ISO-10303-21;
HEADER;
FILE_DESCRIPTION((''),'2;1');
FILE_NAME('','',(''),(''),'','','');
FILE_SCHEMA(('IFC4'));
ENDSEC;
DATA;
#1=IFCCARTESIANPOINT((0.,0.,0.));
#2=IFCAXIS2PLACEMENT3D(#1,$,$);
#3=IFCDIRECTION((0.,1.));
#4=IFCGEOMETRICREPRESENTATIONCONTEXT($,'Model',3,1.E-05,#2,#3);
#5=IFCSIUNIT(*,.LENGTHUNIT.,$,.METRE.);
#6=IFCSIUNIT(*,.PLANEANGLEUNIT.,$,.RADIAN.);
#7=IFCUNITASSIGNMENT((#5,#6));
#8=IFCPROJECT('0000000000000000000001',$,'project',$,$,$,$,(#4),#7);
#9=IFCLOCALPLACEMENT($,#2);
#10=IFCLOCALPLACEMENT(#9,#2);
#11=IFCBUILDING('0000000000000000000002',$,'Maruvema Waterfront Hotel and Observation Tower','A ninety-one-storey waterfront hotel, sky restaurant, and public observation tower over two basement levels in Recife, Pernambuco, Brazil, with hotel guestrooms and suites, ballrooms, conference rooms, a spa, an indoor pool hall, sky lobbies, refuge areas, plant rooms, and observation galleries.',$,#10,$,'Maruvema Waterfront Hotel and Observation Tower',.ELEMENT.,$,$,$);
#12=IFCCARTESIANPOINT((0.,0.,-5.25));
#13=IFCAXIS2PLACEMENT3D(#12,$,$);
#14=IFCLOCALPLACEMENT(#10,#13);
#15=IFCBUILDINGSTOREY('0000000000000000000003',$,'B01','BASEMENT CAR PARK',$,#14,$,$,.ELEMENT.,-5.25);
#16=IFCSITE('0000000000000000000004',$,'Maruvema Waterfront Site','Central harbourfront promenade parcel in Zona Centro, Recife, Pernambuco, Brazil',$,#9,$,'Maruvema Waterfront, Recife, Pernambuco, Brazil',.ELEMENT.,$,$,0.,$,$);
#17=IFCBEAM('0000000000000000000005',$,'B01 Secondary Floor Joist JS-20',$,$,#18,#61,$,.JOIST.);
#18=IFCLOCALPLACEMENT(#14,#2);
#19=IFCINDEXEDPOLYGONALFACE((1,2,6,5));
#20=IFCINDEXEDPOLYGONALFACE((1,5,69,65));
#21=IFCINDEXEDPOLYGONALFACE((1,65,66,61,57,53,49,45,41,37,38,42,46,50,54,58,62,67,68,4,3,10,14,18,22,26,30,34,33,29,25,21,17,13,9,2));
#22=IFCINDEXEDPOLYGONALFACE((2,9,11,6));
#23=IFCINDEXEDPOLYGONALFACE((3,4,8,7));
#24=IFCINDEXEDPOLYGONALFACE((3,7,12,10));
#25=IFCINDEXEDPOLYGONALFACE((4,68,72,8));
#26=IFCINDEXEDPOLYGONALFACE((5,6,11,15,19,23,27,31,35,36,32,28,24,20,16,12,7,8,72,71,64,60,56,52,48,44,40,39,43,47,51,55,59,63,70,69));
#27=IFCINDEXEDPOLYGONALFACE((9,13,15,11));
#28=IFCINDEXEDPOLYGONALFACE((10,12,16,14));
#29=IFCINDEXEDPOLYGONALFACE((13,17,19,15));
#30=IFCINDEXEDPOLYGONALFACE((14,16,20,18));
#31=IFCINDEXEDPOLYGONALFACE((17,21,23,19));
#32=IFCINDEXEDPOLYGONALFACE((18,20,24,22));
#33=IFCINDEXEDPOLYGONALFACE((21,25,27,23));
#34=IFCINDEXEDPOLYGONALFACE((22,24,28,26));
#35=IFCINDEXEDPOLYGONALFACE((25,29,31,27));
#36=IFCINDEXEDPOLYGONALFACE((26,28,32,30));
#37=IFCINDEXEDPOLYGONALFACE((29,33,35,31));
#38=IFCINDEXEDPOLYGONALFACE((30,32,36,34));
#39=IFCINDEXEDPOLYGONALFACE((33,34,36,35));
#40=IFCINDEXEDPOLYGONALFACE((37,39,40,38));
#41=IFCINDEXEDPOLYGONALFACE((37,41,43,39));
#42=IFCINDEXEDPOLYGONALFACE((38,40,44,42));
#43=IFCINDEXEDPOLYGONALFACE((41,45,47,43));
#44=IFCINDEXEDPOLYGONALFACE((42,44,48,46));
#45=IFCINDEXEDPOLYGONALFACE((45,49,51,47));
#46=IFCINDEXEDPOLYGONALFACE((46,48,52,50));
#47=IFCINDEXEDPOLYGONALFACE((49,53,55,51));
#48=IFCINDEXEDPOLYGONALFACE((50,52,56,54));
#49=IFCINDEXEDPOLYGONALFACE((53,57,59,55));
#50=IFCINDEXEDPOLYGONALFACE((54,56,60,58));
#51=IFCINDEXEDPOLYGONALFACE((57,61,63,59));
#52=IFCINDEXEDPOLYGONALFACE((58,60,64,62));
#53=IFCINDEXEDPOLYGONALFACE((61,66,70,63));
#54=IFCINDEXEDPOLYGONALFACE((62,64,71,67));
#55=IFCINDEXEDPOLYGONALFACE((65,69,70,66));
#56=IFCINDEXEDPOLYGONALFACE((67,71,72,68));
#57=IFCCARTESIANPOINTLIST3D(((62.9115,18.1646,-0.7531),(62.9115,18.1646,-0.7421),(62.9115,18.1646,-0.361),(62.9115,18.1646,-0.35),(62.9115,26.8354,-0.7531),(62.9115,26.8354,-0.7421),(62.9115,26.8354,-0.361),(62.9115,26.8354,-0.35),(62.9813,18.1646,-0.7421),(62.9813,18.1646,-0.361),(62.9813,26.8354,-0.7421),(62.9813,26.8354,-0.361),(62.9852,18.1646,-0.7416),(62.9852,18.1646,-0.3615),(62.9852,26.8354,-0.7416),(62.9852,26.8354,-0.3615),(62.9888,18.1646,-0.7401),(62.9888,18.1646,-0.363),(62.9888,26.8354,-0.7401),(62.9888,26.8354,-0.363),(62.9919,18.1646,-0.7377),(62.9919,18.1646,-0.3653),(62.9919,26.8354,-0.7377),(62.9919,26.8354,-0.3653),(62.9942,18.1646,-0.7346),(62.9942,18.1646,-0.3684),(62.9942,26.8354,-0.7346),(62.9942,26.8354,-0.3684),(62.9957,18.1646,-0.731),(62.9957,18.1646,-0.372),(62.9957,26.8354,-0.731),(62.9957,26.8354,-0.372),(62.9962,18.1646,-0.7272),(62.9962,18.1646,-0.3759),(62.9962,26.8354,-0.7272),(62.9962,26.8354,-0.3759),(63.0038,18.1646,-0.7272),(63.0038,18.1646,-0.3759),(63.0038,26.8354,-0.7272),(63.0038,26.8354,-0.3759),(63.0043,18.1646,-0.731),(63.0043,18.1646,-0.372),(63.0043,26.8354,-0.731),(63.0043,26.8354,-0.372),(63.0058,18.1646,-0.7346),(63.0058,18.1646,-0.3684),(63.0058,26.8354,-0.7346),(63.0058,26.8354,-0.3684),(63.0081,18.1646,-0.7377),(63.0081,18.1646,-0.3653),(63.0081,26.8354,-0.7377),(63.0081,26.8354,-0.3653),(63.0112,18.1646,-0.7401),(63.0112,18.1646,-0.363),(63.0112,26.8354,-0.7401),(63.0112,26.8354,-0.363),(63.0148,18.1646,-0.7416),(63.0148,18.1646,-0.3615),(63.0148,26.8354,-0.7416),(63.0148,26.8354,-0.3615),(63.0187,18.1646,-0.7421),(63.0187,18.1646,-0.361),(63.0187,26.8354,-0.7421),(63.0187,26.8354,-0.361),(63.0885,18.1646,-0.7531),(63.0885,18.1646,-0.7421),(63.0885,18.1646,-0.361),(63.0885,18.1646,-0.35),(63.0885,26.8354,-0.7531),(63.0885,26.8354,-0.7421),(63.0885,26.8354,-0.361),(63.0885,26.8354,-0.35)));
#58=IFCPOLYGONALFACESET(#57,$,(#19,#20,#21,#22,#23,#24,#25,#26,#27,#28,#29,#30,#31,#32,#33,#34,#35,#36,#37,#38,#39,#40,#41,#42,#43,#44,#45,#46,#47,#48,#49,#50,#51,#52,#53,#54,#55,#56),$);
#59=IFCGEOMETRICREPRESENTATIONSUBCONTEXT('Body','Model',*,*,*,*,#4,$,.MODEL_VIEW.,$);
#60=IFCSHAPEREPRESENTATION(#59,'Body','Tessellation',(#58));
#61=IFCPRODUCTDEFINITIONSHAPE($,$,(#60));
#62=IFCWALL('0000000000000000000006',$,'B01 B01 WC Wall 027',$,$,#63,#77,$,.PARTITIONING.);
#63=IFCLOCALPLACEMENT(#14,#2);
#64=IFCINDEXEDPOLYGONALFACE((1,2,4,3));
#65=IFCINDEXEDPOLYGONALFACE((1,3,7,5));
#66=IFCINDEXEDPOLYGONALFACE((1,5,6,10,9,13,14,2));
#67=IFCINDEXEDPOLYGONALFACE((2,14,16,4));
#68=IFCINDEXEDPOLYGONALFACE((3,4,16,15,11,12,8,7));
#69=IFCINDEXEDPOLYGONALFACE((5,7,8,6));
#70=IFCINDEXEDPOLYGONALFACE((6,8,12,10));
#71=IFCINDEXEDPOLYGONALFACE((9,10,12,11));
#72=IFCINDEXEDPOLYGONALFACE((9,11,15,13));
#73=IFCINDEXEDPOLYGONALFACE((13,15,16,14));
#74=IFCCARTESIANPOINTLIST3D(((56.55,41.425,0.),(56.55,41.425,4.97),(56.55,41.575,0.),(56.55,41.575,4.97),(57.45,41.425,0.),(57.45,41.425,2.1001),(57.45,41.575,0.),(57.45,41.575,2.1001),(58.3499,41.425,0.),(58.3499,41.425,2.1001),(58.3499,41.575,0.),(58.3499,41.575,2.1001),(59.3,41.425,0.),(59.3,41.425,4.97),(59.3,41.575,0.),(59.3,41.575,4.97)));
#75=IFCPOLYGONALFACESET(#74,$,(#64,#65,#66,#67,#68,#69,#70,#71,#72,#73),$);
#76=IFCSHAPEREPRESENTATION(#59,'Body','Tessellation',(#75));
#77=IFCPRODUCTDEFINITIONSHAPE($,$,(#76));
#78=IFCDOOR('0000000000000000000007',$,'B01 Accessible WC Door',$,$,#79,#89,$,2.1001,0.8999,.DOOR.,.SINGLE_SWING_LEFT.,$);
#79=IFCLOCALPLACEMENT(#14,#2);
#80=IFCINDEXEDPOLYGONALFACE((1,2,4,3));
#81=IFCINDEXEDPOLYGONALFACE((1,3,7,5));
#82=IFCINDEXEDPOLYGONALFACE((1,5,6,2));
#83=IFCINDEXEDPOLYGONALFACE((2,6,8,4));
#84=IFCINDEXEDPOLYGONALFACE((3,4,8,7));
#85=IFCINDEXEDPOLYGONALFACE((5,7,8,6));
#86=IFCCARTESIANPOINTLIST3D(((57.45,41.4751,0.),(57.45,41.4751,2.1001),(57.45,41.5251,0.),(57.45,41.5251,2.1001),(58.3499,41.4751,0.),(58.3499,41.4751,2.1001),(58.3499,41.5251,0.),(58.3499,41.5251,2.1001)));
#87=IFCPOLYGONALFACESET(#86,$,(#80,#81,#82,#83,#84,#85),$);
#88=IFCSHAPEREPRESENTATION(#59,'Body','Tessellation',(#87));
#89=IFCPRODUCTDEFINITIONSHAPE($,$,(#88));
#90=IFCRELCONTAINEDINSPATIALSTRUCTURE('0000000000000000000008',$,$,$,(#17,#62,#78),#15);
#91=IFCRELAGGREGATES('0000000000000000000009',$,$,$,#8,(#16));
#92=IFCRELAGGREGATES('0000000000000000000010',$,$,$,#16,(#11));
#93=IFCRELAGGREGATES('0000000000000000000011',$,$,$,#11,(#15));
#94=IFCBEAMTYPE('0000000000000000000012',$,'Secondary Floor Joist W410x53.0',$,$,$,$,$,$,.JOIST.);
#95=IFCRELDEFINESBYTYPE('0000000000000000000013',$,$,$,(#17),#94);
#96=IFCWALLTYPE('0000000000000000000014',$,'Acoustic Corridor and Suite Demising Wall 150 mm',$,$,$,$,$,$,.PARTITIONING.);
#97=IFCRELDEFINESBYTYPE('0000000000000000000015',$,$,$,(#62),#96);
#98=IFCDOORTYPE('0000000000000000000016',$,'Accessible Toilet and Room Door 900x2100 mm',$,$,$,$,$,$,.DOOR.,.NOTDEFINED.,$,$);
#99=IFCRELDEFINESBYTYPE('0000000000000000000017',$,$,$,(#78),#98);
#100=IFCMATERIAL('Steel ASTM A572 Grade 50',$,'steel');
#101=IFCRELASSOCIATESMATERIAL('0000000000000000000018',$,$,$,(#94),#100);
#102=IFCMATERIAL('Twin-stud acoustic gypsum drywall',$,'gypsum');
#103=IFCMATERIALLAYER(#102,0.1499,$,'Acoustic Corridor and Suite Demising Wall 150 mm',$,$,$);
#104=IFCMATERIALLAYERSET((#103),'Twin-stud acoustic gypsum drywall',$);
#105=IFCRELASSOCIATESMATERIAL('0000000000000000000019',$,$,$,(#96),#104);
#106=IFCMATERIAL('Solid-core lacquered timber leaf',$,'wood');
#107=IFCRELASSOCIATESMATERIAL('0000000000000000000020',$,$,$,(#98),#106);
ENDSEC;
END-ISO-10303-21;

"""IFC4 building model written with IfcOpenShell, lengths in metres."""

from ifc_helpers import new_model, si_unit, direction, frame, frame_2d, origin, origin_2d, place, context, subcontext, project, spatial, rectangle, i_section, extrude, material, layer, layer_set, material_profile, profile_set, type_object, element, fill, save


model = new_model("IFC4")

# Units and contexts
model_context = context("Model", 3, precision=1e-05, world=origin(), true_north=direction((0.0, 1.0)))
body_context = subcontext(model_context, "Body", "Model", "MODEL_VIEW")
ifc_project = project(units=[si_unit("LENGTHUNIT", "METRE"), si_unit("PLANEANGLEUNIT", "RADIAN")], contexts=[model_context])

# Site, building, storey
site_placement = place(None, origin())
site = spatial("IfcSite", under=ifc_project, at=site_placement, Name="Maruvema Waterfront Site", Description="Central harbourfront promenade parcel in Zona Centro, Recife, Pernambuco, Brazil", LongName="Maruvema Waterfront, Recife, Pernambuco, Brazil", CompositionType="ELEMENT", RefElevation=0.0)
building_placement = place(site_placement, origin())
building = spatial("IfcBuilding", under=site, at=building_placement, Name="Maruvema Waterfront Hotel and Observation Tower", Description="A ninety-one-storey waterfront hotel, sky restaurant, and public observation tower over two basement levels in Recife, Pernambuco, Brazil, with hotel guestrooms and suites, ballrooms, conference rooms, a spa, an indoor pool hall, sky lobbies, refuge areas, plant rooms, and observation galleries.", LongName="Maruvema Waterfront Hotel and Observation Tower", CompositionType="ELEMENT")
storey_placement = place(building_placement, frame((0.0, 0.0, -5.25)))
storey = spatial("IfcBuildingStorey", under=building, at=storey_placement, Name="B01", Description="BASEMENT CAR PARK", CompositionType="ELEMENT", Elevation=-5.25)

# Beam
ifc_material_1 = material(Name="Steel ASTM A572 Grade 50", Category="steel")
ifc_material_profile_1 = material_profile(ifc_material_1, i_section(OverallWidth=0.177, OverallDepth=0.4031, WebThickness=0.0076, FlangeThickness=0.011, FilletRadius=0.0149, at=origin_2d()), Name="W410x53.0")
ifc_profile_set_1 = profile_set([ifc_material_profile_1], Name="Steel ASTM A572 Grade 50")
beam_type_1 = type_object("IfcBeamType", Name="Secondary Floor Joist W410x53.0", PredefinedType="JOIST", material=ifc_profile_set_1)
beam_1_placement = place(storey_placement, frame((63.0, 18.1646, -0.5515), z_axis=(0.0, 1.0, 0.0), x_axis=(-1.0, 0.0, 0.0)))
element("IfcBeam", 1, at=beam_1_placement, inside=storey, type_object=beam_type_1, Name="B01 Secondary Floor Joist JS-20", PredefinedType="JOIST", context=body_context, shape_type="SweptSolid", body=[
    extrude(i_section(OverallWidth=0.177, OverallDepth=0.4031, WebThickness=0.0076, FlangeThickness=0.011, FilletRadius=0.0149, at=origin_2d()), origin(), (0.0, 0.0, 1.0), 8.6709),
])

# Wall, opening, door
ifc_material_2 = material(Name="Twin-stud acoustic gypsum drywall", Category="gypsum")
ifc_layer = layer(ifc_material_2, 0.1499, Name="Acoustic Corridor and Suite Demising Wall 150 mm")
ifc_layer_set = layer_set([ifc_layer], Name="Twin-stud acoustic gypsum drywall")
wall_type = type_object("IfcWallType", Name="Acoustic Corridor and Suite Demising Wall 150 mm", PredefinedType="PARTITIONING", material=ifc_layer_set)
wall_placement = place(storey_placement, frame((56.55, 41.5, 0.0), z_axis=(0.0, 0.0, 1.0), x_axis=(1.0, 0.0, 0.0)))
wall = element("IfcWall", 2, at=wall_placement, inside=storey, type_object=wall_type, Name="B01 B01 WC Wall 027", PredefinedType="PARTITIONING", context=body_context, shape_type="SweptSolid", body=[
    extrude(rectangle(XDim=2.75, YDim=0.1499, at=frame_2d((1.375, 0.0))), origin(), (0.0, 0.0, 1.0), 4.97),
])
opening_placement = place(wall_placement, frame((0.8999, 0.0, 0.0)))
opening = element("IfcOpeningElement", 3, at=opening_placement, cuts=wall, PredefinedType="OPENING", context=body_context, shape_type="SweptSolid", body=[
    extrude(rectangle(XDim=0.8999, YDim=2.1001, at=frame_2d((0.45, 1.05))), frame((0.0, 0.085, 0.0), z_axis=(0.0, -1.0, 0.0), x_axis=(1.0, 0.0, 0.0)), (0.0, 0.0, 1.0), 0.1699),
])
ifc_material_3 = material(Name="Solid-core lacquered timber leaf", Category="wood")
door_type = type_object("IfcDoorType", Name="Accessible Toilet and Room Door 900x2100 mm", OperationType="NOTDEFINED", PredefinedType="DOOR", material=ifc_material_3)
door_placement = place(opening_placement, frame((0.8999, 0.0, 0.0), z_axis=(0.0, 0.0, 1.0), x_axis=(-1.0, 0.0, 0.0)))
door = element("IfcDoor", 4, at=door_placement, inside=storey, type_object=door_type, Name="B01 Accessible WC Door", OperationType="SINGLE_SWING_LEFT", OverallHeight=2.1001, OverallWidth=0.8999, PredefinedType="DOOR", context=body_context, shape_type="SweptSolid", body=[
    extrude(rectangle(XDim=0.8999, YDim=2.1001, at=frame_2d((0.45, 1.05))), frame((0.0, 0.0249, 0.0), z_axis=(0.0, -1.0, 0.0), x_axis=(1.0, 0.0, 0.0)), (0.0, 0.0, 1.0), 0.05),
])
fill(opening, door)

save(model, "model.ifc")
